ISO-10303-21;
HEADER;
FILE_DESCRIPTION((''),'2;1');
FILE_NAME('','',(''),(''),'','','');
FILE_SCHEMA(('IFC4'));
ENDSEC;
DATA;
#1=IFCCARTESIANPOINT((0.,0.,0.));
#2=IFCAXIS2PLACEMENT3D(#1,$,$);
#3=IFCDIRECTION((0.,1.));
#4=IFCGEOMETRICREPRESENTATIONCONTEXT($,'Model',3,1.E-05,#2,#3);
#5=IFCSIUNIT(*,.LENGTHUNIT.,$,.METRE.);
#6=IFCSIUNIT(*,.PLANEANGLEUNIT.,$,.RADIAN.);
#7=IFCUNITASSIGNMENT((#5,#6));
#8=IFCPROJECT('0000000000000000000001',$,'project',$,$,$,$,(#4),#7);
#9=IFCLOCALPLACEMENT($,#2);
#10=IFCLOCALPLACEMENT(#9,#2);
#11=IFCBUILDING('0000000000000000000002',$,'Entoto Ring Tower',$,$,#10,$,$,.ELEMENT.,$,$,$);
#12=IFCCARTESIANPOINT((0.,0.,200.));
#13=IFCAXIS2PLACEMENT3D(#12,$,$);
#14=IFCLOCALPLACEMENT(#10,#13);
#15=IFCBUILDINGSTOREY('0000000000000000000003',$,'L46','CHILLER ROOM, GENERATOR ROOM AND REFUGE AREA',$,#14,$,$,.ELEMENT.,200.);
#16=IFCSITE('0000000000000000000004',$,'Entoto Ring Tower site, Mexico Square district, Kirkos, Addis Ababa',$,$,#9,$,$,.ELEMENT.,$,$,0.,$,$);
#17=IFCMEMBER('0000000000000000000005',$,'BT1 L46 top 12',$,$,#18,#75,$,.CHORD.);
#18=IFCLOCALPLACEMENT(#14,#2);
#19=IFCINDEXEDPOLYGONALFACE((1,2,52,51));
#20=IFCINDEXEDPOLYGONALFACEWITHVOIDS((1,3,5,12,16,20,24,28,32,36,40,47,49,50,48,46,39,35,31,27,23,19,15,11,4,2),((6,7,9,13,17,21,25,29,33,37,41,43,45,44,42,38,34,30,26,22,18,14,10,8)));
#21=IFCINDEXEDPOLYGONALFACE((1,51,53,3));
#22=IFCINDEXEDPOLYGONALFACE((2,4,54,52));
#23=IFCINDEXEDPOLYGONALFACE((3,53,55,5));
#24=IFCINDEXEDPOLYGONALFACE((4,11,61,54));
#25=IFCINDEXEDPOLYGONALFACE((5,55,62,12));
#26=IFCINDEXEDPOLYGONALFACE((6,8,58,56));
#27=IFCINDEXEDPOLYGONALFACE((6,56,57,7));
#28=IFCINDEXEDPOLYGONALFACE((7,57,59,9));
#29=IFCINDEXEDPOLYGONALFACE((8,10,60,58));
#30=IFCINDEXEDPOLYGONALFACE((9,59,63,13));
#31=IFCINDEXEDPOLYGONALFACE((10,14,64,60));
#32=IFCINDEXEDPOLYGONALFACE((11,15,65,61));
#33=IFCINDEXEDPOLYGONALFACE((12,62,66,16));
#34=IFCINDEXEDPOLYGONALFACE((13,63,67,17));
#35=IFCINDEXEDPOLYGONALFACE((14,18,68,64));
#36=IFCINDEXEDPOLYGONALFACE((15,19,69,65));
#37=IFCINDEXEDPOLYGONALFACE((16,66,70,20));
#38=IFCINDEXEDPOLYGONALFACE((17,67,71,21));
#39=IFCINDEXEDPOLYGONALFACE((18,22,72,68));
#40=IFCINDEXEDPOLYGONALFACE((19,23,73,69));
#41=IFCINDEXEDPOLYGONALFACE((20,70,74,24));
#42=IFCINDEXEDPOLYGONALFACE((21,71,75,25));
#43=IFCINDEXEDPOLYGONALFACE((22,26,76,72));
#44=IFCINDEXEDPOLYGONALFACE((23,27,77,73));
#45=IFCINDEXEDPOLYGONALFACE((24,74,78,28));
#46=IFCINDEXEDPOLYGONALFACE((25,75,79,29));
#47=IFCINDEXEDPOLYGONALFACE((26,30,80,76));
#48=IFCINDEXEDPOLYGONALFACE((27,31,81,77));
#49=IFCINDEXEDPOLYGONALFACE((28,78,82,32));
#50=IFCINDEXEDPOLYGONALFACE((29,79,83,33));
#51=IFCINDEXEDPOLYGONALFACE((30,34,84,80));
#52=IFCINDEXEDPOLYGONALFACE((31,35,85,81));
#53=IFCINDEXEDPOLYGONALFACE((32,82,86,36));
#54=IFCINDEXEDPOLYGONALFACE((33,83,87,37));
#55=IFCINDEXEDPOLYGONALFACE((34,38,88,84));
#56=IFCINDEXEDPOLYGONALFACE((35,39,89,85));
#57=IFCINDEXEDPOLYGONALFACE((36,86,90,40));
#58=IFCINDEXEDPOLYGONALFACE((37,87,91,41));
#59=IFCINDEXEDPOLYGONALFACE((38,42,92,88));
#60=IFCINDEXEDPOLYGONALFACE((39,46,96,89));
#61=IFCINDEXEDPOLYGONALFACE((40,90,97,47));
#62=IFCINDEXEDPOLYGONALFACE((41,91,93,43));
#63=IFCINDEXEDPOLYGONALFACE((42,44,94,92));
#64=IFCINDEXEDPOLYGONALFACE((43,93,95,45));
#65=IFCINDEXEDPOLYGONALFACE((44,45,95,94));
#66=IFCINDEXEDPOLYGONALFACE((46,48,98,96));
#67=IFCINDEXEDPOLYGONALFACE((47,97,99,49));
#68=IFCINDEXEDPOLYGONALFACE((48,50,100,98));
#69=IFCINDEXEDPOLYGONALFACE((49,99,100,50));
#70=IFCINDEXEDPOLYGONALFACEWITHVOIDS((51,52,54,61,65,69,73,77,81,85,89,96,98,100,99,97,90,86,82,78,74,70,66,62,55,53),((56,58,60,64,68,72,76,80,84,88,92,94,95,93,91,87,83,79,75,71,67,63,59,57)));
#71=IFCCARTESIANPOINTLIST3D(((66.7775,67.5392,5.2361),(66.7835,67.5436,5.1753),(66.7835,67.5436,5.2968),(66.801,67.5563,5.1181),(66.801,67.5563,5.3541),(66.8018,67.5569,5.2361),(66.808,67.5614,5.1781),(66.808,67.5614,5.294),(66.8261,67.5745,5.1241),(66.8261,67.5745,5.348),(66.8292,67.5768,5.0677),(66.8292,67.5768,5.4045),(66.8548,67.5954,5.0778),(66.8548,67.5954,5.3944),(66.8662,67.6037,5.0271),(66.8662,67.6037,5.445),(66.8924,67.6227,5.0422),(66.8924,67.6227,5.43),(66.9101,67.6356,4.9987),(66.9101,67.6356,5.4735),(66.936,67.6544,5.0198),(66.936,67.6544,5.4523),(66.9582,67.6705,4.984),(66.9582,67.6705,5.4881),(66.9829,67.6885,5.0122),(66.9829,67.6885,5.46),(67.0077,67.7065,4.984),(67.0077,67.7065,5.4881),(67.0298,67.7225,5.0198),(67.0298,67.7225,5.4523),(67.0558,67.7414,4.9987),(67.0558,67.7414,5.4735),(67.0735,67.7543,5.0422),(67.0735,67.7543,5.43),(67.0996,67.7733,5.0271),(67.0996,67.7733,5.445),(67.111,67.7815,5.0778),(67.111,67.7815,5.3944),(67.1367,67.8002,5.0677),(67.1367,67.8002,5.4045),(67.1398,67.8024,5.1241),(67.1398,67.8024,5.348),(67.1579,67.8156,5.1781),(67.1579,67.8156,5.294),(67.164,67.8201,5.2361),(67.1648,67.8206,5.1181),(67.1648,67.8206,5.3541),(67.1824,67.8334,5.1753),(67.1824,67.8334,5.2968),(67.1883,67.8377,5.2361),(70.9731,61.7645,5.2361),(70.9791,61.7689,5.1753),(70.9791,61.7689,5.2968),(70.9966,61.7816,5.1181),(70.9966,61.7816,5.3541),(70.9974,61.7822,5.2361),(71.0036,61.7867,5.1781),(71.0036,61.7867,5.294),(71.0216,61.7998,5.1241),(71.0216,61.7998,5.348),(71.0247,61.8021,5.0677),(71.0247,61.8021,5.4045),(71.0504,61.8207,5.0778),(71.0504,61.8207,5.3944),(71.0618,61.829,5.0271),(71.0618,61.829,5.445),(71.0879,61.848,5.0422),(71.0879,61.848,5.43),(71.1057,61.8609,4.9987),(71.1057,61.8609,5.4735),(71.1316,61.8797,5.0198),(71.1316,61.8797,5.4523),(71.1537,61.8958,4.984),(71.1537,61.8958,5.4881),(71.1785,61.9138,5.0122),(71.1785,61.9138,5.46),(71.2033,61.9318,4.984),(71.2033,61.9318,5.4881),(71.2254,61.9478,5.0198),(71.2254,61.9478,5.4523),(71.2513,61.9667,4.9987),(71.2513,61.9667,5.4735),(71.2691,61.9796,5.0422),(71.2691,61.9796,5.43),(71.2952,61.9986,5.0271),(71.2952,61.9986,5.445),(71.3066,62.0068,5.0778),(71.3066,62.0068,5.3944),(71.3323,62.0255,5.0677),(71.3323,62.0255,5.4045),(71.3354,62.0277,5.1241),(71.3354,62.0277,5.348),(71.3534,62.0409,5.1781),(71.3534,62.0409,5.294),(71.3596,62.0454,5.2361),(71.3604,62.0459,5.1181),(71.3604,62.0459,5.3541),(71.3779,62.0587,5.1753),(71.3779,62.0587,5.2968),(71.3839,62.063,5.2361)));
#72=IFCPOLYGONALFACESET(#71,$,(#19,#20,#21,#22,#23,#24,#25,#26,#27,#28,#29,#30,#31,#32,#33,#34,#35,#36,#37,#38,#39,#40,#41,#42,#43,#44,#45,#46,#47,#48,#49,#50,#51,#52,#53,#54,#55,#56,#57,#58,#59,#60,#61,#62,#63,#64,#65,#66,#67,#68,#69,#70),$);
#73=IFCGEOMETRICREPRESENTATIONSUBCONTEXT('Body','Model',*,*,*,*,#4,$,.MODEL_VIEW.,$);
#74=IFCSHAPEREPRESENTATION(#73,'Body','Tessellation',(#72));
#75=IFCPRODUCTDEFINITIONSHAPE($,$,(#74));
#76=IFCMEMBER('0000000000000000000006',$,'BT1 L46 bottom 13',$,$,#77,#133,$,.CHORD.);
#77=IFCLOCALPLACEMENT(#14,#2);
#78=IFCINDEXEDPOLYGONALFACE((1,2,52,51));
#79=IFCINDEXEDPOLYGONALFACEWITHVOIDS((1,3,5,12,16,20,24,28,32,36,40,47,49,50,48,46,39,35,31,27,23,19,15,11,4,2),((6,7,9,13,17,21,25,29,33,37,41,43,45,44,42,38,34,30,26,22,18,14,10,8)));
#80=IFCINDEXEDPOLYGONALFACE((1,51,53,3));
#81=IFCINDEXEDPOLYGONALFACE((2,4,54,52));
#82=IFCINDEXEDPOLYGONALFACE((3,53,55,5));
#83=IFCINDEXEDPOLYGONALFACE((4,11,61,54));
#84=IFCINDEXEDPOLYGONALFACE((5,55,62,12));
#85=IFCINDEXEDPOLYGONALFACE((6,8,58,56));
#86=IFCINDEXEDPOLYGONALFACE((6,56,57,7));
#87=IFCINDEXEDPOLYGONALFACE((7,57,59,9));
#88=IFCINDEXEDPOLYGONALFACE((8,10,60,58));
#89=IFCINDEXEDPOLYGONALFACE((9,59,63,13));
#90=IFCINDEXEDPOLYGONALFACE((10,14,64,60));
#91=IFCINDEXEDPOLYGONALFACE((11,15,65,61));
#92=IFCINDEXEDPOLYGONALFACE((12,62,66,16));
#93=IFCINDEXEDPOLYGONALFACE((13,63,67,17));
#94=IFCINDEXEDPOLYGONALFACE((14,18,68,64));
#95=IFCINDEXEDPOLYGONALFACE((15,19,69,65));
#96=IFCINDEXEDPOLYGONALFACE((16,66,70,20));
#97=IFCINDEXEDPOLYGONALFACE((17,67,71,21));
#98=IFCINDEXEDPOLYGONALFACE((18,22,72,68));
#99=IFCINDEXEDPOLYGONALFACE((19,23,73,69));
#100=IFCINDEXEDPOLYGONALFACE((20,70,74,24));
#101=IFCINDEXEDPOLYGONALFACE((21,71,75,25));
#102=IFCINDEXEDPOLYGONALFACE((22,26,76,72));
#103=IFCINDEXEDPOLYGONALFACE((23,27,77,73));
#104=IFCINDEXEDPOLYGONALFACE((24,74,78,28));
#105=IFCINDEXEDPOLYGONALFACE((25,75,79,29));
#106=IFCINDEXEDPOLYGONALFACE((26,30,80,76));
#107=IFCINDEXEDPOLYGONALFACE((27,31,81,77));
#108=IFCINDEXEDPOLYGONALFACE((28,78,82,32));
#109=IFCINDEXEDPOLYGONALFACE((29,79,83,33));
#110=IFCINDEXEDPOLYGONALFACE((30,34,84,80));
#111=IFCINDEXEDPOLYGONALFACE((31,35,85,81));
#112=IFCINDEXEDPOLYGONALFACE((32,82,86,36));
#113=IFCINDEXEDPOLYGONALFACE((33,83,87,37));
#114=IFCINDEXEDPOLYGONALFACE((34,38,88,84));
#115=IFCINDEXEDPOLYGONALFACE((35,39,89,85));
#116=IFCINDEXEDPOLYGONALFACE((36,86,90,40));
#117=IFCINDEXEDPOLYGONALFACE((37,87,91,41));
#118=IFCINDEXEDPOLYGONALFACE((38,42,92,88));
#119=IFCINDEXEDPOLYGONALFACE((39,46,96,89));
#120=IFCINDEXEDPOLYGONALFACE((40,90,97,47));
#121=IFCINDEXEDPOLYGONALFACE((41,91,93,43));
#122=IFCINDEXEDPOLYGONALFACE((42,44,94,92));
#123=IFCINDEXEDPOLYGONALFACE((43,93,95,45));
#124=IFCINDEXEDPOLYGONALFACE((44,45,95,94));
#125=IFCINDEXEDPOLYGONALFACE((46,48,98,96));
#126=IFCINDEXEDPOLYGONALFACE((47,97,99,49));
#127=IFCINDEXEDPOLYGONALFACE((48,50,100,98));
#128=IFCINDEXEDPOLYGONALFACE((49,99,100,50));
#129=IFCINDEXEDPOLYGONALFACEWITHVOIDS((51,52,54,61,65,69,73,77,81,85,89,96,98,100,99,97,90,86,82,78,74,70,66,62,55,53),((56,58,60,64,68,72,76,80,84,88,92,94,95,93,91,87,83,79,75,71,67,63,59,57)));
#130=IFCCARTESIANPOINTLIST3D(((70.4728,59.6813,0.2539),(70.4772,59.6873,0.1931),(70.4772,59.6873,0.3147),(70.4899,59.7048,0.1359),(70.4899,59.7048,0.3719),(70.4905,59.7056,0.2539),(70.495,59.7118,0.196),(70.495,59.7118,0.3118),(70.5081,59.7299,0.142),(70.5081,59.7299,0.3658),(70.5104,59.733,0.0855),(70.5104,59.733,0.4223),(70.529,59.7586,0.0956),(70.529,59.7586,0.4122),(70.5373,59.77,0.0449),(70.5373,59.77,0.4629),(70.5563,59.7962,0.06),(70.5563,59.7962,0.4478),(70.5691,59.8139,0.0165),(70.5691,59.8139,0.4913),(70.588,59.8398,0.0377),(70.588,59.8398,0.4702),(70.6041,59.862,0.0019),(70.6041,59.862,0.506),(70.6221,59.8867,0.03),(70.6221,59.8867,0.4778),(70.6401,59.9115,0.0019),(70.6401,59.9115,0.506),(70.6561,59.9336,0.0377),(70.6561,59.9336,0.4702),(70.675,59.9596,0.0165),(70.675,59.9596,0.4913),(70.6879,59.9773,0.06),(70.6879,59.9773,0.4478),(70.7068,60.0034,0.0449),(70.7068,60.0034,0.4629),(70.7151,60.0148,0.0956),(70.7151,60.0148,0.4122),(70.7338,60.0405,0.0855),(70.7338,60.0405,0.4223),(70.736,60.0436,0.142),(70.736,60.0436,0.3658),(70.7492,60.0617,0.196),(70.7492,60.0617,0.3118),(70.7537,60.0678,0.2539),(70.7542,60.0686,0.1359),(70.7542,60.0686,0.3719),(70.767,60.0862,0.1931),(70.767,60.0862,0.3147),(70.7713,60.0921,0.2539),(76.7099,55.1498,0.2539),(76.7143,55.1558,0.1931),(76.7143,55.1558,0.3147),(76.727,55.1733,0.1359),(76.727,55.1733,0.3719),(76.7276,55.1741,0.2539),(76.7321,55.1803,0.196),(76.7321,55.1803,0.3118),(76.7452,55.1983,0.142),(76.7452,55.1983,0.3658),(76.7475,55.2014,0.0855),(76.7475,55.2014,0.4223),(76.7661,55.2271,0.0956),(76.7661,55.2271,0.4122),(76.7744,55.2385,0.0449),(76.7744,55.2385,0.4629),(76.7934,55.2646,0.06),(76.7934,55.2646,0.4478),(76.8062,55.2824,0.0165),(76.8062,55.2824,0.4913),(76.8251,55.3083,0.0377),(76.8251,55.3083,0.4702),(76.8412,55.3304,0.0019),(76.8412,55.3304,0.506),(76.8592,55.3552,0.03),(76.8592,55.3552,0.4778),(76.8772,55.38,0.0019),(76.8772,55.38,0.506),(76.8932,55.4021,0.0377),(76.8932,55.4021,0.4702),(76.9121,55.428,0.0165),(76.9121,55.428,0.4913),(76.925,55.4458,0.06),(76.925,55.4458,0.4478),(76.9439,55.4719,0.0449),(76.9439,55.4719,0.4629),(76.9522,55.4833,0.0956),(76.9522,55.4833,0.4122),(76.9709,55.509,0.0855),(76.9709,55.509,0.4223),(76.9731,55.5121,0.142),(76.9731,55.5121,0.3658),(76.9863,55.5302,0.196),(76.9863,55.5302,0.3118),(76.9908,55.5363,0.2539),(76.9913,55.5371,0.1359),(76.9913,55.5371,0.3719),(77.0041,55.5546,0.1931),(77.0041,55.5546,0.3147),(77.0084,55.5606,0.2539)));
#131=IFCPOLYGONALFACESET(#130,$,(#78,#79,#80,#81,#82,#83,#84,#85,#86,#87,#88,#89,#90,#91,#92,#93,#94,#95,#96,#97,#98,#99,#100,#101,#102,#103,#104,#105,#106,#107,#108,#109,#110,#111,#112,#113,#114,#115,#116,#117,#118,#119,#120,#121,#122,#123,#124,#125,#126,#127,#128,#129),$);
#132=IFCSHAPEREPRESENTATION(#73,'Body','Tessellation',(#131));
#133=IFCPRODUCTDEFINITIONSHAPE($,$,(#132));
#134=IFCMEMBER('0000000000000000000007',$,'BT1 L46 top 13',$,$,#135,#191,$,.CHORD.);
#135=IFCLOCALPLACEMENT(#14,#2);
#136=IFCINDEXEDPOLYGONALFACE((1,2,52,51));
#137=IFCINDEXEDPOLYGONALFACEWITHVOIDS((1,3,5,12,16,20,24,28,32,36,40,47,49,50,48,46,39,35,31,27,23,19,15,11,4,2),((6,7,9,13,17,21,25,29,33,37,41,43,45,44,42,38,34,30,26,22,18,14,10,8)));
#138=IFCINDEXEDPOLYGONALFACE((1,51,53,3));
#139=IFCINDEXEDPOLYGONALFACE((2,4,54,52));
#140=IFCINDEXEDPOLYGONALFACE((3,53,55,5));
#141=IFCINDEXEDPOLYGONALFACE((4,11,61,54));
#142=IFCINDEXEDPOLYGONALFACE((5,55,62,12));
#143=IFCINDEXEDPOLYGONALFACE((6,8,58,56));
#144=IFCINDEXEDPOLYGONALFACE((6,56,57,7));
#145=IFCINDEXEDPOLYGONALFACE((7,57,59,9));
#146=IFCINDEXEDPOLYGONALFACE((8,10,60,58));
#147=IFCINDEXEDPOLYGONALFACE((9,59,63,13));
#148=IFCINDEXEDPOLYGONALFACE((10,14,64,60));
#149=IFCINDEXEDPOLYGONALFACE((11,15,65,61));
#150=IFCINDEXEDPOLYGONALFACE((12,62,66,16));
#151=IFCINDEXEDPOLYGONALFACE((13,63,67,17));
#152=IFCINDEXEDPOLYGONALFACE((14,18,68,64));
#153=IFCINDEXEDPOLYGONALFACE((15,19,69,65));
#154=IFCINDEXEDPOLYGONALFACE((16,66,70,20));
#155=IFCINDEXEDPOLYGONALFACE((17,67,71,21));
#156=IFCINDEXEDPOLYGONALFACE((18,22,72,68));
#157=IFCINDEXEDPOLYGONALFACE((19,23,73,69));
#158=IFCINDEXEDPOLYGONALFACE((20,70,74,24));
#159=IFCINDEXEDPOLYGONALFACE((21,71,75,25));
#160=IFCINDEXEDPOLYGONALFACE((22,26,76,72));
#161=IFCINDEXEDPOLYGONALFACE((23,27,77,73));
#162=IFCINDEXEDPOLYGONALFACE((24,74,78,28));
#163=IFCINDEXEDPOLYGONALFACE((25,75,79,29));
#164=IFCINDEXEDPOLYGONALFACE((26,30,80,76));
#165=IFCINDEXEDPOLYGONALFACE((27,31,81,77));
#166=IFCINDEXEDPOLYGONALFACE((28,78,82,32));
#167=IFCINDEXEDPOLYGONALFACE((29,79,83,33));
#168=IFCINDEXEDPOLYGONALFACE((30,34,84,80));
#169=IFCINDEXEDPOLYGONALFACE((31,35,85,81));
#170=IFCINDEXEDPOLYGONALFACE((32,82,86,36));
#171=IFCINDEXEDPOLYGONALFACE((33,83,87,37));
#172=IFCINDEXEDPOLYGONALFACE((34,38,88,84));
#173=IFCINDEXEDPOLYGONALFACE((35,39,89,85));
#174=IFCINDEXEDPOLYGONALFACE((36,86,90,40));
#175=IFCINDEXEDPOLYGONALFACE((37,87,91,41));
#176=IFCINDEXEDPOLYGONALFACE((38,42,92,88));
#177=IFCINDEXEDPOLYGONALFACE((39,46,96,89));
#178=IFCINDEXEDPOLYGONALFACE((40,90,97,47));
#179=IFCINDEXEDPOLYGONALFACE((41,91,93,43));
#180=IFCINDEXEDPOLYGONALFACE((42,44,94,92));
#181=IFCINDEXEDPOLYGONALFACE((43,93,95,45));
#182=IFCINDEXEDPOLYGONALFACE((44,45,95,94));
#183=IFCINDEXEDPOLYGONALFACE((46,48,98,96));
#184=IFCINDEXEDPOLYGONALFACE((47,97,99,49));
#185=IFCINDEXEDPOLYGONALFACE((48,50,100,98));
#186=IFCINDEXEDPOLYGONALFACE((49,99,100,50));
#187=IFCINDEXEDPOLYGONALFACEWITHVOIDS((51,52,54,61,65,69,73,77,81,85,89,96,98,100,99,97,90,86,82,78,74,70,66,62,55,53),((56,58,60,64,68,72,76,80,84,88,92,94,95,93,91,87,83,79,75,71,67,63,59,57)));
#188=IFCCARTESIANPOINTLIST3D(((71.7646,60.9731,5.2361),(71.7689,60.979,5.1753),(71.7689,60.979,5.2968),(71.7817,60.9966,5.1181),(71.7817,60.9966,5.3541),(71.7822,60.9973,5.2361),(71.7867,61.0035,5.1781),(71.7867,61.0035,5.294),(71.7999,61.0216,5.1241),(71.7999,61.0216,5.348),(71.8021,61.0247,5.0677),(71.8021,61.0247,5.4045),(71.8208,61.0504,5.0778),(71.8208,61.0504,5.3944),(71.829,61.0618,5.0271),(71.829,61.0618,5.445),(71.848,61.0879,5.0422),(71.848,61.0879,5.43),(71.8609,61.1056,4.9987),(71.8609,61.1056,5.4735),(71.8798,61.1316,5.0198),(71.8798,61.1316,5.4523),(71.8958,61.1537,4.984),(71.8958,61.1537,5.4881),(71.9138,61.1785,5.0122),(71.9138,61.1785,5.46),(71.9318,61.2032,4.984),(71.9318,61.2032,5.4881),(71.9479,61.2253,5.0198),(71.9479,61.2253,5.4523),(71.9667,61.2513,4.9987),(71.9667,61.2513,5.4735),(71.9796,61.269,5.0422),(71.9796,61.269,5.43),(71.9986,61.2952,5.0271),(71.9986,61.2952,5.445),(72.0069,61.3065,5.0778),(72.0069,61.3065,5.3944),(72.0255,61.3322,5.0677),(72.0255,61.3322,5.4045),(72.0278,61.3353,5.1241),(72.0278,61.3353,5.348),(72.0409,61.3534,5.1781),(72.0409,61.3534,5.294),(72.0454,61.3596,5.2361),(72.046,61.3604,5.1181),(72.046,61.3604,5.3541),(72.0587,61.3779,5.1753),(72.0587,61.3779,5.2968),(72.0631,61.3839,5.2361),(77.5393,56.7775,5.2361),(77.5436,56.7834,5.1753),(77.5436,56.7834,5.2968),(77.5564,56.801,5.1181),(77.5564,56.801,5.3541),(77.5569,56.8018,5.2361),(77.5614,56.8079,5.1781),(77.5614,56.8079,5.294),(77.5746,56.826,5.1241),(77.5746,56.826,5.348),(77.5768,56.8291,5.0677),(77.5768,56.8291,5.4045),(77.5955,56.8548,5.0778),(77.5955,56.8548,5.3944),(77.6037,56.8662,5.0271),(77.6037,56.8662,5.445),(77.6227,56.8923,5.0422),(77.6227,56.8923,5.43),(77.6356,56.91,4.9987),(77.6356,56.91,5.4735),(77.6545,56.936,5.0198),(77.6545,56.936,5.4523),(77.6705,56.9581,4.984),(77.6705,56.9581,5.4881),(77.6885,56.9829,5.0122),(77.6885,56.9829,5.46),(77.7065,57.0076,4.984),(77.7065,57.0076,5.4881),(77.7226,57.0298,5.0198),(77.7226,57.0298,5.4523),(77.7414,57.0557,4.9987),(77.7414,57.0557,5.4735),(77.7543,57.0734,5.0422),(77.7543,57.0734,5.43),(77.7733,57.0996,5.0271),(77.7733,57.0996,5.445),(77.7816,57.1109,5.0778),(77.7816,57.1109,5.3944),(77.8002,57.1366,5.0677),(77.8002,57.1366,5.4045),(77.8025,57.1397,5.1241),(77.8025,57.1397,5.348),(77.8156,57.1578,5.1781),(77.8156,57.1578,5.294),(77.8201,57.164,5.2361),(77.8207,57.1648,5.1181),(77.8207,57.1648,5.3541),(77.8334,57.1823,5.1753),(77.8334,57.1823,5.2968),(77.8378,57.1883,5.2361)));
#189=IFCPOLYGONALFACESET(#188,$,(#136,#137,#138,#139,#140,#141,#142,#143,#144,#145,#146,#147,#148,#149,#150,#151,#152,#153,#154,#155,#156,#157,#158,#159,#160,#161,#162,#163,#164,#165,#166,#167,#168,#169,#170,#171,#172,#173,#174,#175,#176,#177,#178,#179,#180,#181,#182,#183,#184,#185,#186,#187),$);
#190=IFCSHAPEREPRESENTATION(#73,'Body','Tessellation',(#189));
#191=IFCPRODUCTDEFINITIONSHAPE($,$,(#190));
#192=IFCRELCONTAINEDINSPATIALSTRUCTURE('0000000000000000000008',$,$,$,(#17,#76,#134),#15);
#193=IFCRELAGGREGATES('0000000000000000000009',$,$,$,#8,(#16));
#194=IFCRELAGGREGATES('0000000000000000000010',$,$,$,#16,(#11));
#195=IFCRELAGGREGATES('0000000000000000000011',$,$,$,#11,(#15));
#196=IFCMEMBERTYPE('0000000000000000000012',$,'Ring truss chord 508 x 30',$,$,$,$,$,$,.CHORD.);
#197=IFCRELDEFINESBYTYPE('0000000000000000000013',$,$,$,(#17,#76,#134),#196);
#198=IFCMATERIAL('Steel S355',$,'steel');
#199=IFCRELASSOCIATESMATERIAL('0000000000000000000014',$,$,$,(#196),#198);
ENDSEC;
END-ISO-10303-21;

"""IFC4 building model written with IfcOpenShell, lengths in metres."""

from ifc_helpers import new_model, si_unit, direction, frame, origin, origin_2d, place, context, subcontext, project, spatial, circle, hollow_circle, extrude, material, material_profile, profile_set, type_object, element, save


model = new_model("IFC4")

# Units and contexts
model_context = context("Model", 3, precision=1e-05, world=origin(), true_north=direction((0.0, 1.0)))
body_context = subcontext(model_context, "Body", "Model", "MODEL_VIEW")
ifc_project = project(units=[si_unit("LENGTHUNIT", "METRE"), si_unit("PLANEANGLEUNIT", "RADIAN")], contexts=[model_context])

# Site, building, storey
site_placement = place(None, origin())
site = spatial("IfcSite", under=ifc_project, at=site_placement, Name="Entoto Ring Tower site, Mexico Square district, Kirkos, Addis Ababa", CompositionType="ELEMENT", RefElevation=0.0)
building_placement = place(site_placement, origin())
building = spatial("IfcBuilding", under=site, at=building_placement, Name="Entoto Ring Tower", CompositionType="ELEMENT")
storey_placement = place(building_placement, frame((0.0, 0.0, 200.0)))
storey = spatial("IfcBuildingStorey", under=building, at=storey_placement, Name="L46", Description="CHILLER ROOM, GENERATOR ROOM AND REFUGE AREA", CompositionType="ELEMENT", Elevation=200.0)

# Members
ifc_material_1 = material(Name="Steel S355", Category="steel")
ifc_material_profile_1 = material_profile(ifc_material_1, hollow_circle(Radius=0.2539, WallThickness=0.03, at=origin_2d()), Name="CHS 508 x 30")
ifc_material_2 = material(Name="Concrete C60/75", Category="concrete")
ifc_material_profile_2 = material_profile(ifc_material_2, circle(Radius=0.2241, at=origin_2d()), Name="Concrete C60/75 infill")
ifc_profile_set_1 = profile_set([ifc_material_profile_1, ifc_material_profile_2], Name="Steel S355")
member_type_1 = type_object("IfcMemberType", Name="Ring truss chord 508 x 30", PredefinedType="CHORD", material=ifc_profile_set_1)
member_1_placement = place(storey_placement, frame((66.9829, 67.6885, 5.2361), z_axis=(0.587787, -0.809016, 0.0), x_axis=(0.809016, 0.587787, 0.0)))
element("IfcMember", 1, at=member_1_placement, inside=storey, type_object=member_type_1, Name="BT1 L46 top 12", PredefinedType="CHORD", context=body_context, shape_type="SweptSolid", body=[
    extrude(hollow_circle(Radius=0.2539, WallThickness=0.03, at=origin_2d()), origin(), (0.0, 0.0, 1.0), 7.1379),
])
member_2_placement = place(storey_placement, frame((70.6221, 59.8867, 0.2539), z_axis=(0.809017, -0.587786, 0.0), x_axis=(0.587786, 0.809017, 0.0)))
element("IfcMember", 2, at=member_2_placement, inside=storey, type_object=member_type_1, Name="BT1 L46 bottom 13", PredefinedType="CHORD", context=body_context, shape_type="SweptSolid", body=[
    extrude(hollow_circle(Radius=0.2539, WallThickness=0.03, at=origin_2d()), origin(), (0.0, 0.0, 1.0), 7.7095),
])
member_3_placement = place(storey_placement, frame((71.9138, 61.1785, 5.2361), z_axis=(0.809016, -0.587787, 0.0), x_axis=(0.587787, 0.809016, 0.0)))
element("IfcMember", 3, at=member_3_placement, inside=storey, type_object=member_type_1, Name="BT1 L46 top 13", PredefinedType="CHORD", context=body_context, shape_type="SweptSolid", body=[
    extrude(hollow_circle(Radius=0.2539, WallThickness=0.03, at=origin_2d()), origin(), (0.0, 0.0, 1.0), 7.1379),
])

save(model, "model.ifc")
